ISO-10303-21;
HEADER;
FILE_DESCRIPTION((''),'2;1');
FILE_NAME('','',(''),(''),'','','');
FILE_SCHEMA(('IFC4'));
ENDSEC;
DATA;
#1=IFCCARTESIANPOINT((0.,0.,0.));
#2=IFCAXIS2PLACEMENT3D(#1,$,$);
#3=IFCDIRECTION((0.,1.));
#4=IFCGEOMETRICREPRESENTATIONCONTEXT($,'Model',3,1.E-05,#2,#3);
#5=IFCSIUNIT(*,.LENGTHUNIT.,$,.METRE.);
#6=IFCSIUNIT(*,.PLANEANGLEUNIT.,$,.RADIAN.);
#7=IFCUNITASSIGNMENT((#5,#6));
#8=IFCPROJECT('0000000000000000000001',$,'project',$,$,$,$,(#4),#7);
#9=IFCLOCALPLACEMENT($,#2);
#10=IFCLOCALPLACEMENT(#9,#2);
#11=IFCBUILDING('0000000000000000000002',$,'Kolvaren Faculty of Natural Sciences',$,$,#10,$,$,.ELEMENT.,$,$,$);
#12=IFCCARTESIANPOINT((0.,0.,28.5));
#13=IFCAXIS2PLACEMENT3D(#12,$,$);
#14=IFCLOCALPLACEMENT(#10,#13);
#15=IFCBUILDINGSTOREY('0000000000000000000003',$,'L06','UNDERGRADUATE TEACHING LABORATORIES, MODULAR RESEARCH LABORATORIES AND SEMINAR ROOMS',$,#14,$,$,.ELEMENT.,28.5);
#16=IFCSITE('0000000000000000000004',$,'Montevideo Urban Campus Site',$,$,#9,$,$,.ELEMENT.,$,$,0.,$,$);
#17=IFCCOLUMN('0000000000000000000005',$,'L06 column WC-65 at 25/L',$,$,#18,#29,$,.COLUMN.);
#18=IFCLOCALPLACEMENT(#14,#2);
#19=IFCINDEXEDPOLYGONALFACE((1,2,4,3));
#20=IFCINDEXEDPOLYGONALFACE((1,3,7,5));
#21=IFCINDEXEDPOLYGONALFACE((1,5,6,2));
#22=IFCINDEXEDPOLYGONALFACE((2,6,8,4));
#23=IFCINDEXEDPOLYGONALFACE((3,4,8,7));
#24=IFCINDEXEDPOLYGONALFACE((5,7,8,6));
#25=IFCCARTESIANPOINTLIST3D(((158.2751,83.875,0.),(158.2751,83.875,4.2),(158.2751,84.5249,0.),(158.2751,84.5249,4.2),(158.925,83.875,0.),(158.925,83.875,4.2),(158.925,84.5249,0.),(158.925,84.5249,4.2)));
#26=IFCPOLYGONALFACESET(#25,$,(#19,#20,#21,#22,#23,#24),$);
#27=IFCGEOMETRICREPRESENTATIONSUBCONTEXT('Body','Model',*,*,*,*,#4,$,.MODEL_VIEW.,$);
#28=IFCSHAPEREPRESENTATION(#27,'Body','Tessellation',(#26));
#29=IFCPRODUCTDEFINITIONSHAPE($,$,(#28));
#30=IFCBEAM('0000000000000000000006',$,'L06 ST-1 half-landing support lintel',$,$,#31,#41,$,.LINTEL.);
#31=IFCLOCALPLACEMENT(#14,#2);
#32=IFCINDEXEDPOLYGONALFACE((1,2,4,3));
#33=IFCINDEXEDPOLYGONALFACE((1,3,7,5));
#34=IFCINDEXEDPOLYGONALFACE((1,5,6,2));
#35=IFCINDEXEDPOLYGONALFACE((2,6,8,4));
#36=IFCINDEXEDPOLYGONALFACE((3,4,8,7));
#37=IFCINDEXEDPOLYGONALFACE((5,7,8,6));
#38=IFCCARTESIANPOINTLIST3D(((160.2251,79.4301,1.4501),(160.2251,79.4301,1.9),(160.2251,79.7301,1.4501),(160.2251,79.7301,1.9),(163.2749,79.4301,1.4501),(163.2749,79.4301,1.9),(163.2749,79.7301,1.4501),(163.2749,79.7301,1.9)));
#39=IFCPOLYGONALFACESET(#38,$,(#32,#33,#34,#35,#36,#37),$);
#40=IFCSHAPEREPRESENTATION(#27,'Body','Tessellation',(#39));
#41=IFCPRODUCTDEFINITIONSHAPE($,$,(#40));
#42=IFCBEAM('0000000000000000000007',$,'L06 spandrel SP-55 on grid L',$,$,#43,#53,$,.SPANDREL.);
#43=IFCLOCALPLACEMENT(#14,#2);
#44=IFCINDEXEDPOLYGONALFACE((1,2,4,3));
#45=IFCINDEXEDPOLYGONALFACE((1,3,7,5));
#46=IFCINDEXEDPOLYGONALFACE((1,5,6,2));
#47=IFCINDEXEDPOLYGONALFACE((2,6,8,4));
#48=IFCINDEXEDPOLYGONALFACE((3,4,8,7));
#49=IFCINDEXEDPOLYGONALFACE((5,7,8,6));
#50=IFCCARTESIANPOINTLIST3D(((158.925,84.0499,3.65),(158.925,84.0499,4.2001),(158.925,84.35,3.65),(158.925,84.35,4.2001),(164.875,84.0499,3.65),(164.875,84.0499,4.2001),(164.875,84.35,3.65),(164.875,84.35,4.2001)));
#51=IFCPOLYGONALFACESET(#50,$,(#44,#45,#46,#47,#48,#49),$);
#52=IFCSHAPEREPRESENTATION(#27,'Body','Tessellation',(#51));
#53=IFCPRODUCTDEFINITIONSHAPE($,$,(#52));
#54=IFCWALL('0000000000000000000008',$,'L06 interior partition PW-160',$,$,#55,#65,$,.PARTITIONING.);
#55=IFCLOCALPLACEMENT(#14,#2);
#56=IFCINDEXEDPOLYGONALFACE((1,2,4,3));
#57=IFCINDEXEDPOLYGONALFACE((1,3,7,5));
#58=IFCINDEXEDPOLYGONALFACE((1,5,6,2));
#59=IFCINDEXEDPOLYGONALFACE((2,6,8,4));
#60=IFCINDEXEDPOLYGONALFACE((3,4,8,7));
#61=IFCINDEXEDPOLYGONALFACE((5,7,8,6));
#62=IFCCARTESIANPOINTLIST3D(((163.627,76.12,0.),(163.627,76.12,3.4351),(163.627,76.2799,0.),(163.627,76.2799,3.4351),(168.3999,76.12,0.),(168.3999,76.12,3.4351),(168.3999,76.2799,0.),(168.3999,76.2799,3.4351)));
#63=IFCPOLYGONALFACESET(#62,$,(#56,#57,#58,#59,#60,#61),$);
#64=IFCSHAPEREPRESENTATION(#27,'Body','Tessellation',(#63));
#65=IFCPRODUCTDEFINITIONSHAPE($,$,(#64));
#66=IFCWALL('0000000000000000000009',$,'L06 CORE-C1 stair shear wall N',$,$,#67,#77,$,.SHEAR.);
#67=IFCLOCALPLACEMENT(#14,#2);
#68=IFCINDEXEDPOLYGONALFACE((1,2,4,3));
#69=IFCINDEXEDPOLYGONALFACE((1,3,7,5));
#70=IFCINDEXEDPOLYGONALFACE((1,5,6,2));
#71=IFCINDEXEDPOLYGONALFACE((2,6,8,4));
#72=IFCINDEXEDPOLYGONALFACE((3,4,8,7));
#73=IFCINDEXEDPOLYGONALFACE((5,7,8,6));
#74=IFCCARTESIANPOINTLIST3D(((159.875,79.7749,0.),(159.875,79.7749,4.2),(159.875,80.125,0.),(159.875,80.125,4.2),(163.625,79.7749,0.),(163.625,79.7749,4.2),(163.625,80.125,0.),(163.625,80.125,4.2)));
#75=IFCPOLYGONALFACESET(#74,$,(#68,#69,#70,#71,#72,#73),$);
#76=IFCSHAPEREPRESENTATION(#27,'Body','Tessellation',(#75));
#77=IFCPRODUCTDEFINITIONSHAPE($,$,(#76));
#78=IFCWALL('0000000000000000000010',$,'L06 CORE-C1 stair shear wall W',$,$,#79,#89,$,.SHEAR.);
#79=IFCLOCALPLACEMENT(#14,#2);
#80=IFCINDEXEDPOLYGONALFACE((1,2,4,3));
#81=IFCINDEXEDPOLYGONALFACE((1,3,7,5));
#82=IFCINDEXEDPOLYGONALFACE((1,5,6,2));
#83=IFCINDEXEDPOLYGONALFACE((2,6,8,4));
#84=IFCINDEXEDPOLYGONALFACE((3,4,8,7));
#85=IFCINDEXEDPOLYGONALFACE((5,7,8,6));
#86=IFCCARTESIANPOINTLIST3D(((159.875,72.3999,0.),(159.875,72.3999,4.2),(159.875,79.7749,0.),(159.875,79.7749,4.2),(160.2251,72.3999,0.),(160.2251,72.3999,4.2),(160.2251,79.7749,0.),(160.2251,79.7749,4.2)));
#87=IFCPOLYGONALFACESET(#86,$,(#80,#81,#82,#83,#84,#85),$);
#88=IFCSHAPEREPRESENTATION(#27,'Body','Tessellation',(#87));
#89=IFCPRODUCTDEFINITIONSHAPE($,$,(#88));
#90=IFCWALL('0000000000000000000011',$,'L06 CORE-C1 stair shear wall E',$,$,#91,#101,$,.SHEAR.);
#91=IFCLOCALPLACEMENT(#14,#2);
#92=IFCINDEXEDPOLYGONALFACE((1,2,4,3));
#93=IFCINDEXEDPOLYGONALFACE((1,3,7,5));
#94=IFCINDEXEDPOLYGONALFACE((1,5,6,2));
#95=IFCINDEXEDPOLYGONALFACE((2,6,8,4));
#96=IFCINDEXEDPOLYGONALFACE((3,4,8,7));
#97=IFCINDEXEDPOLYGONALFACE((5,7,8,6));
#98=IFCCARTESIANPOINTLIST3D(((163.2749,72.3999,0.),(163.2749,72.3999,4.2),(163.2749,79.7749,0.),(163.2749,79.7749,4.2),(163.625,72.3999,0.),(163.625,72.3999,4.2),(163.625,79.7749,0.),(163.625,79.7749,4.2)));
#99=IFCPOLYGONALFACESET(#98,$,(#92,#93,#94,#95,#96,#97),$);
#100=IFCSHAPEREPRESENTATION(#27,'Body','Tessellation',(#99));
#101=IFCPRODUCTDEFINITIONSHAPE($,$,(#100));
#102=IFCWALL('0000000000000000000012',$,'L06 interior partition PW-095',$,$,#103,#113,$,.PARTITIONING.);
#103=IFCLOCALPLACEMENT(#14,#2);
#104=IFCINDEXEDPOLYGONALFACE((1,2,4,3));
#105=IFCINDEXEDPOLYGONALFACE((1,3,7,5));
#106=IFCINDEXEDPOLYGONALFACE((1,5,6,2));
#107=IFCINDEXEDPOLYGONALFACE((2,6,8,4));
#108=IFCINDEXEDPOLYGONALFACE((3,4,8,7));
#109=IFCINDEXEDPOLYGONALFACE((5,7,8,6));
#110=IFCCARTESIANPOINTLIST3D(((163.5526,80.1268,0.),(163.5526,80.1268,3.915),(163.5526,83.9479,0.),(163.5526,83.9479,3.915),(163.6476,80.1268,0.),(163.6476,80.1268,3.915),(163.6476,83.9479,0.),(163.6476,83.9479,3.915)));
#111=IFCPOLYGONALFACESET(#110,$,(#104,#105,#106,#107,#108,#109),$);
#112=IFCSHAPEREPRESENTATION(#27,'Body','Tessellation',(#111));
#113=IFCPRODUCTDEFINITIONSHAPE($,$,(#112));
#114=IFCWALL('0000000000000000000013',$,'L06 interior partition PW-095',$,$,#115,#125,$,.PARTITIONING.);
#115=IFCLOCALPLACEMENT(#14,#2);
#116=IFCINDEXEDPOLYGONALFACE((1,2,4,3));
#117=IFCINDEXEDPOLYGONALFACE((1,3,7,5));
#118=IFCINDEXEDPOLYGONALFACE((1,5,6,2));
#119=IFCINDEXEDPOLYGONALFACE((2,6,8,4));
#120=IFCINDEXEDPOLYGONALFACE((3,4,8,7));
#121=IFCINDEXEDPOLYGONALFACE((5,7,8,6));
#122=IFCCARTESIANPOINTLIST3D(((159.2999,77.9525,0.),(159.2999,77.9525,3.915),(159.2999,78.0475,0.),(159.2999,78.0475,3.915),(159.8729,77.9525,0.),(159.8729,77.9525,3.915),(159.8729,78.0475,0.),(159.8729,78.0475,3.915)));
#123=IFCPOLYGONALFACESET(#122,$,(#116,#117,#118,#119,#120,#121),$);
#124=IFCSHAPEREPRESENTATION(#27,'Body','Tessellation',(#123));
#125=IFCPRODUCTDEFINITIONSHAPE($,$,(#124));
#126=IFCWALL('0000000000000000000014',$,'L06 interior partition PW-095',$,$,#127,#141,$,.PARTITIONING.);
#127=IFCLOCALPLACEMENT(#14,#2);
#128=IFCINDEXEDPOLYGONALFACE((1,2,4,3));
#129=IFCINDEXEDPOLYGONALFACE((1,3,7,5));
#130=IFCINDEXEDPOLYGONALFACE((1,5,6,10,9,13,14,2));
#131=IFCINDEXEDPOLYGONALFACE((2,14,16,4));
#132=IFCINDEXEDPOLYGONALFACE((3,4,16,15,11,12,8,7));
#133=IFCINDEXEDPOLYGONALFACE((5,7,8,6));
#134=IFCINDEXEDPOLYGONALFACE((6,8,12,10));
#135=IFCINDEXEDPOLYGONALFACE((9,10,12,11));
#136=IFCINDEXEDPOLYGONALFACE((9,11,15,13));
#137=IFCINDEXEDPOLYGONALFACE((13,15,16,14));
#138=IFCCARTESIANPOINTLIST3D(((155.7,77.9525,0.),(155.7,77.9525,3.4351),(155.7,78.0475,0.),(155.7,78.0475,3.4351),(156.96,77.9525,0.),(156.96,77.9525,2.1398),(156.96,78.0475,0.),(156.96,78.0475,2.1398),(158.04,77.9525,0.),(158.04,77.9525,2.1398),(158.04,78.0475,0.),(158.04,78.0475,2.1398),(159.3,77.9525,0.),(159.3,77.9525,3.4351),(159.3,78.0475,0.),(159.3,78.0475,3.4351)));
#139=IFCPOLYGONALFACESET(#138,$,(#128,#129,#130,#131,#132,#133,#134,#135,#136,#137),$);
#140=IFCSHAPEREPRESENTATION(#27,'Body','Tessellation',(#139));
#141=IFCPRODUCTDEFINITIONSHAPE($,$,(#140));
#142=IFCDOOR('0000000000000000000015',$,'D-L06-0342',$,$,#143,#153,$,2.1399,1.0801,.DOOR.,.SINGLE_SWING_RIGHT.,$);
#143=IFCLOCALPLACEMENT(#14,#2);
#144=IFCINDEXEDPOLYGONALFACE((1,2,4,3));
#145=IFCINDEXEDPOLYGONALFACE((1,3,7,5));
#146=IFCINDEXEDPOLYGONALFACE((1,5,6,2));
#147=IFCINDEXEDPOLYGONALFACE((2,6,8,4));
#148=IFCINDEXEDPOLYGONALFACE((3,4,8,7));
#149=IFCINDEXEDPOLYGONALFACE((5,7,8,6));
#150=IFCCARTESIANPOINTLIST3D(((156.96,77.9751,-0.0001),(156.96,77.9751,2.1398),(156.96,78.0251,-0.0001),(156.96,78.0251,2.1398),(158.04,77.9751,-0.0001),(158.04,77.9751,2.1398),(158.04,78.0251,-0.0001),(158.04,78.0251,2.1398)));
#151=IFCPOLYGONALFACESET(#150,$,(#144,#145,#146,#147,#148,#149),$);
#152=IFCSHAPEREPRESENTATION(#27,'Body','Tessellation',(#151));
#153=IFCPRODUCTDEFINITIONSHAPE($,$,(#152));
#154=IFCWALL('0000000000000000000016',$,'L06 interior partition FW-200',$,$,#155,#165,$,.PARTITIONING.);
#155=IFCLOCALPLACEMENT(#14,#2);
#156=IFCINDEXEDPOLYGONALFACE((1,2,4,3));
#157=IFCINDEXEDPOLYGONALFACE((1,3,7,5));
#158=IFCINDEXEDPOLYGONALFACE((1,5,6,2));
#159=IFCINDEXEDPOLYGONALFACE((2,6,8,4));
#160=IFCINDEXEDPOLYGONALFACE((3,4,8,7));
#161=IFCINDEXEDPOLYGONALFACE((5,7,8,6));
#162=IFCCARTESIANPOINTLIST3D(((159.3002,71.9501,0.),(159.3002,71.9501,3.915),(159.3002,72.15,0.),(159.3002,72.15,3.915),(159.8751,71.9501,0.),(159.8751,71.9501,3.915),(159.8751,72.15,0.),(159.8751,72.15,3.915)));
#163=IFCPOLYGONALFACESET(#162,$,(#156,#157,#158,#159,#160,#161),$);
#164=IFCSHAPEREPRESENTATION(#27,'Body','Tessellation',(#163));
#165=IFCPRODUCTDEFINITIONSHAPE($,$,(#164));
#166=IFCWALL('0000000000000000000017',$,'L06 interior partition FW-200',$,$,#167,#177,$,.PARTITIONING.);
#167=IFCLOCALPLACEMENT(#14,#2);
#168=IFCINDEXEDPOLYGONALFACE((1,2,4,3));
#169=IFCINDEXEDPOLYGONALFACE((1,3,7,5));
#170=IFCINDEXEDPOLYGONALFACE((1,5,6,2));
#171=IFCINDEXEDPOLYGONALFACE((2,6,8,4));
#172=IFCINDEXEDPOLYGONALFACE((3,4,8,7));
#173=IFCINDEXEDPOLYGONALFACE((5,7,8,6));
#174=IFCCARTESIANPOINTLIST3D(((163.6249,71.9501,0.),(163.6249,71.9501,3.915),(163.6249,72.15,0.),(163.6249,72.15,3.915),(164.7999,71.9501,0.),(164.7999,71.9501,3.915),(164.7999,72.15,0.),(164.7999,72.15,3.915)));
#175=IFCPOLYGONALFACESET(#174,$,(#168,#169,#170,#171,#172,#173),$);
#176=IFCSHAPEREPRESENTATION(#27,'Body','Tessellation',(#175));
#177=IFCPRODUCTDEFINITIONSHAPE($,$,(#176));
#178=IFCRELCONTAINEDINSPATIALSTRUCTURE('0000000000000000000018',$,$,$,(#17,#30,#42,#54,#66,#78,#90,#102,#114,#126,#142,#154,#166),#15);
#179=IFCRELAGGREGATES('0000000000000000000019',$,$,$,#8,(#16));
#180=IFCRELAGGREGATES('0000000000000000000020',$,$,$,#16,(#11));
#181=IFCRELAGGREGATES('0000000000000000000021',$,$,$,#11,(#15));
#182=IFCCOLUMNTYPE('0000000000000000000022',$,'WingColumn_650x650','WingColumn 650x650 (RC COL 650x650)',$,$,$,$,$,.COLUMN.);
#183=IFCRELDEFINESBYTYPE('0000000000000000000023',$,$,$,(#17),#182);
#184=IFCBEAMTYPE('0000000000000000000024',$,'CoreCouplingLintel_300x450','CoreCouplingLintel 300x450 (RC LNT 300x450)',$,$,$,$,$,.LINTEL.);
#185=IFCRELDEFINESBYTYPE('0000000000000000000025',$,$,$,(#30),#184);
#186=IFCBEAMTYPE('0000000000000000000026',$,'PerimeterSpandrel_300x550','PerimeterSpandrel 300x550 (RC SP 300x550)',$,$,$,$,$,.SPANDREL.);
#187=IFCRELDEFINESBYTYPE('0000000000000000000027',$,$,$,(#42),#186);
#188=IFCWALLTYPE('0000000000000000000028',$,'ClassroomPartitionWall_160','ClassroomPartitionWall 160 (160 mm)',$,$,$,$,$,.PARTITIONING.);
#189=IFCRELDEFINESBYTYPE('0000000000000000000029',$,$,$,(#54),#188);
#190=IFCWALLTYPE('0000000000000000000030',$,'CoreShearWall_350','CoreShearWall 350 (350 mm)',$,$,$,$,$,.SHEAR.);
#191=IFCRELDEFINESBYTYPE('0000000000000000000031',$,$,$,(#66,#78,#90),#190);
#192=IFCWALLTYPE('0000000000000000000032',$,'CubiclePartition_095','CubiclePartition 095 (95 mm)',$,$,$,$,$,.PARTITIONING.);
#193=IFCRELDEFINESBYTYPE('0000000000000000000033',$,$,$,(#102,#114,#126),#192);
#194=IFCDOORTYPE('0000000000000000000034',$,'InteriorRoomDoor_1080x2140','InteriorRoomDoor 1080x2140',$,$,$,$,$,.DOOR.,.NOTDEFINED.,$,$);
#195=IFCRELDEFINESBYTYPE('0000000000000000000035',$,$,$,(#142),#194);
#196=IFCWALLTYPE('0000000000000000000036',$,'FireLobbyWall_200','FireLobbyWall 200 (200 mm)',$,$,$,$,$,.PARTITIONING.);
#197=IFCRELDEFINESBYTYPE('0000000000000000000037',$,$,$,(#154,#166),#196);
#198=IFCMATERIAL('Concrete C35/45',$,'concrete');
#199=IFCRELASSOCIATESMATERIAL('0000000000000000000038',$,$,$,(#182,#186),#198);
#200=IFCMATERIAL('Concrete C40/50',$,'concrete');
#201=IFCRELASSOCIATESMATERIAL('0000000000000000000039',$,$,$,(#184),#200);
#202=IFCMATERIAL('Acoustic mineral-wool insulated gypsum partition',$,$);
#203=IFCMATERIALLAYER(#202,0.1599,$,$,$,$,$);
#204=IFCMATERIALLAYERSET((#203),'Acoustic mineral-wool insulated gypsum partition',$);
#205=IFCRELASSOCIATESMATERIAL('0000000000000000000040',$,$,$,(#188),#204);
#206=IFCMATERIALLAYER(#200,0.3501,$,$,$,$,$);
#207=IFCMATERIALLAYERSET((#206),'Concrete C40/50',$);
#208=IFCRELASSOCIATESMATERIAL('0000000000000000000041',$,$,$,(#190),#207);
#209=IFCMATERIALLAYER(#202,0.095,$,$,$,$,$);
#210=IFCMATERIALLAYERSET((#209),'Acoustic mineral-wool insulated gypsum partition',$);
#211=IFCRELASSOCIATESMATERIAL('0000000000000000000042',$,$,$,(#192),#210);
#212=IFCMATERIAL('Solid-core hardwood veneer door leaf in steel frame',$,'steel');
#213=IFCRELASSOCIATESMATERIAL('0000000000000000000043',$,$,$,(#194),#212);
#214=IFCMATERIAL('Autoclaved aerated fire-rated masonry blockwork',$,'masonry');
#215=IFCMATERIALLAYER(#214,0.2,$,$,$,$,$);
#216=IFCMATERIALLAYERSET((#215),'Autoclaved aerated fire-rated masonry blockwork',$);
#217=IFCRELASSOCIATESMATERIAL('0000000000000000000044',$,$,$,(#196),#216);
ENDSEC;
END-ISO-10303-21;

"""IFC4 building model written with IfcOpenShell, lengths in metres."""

from ifc_helpers import new_model, si_unit, direction, frame, frame_2d, origin, origin_2d, place, context, subcontext, project, spatial, rectangle, extrude, material, layer, layer_set, material_profile, profile_set, type_object, element, fill, save


model = new_model("IFC4")

# Units and contexts
model_context = context("Model", 3, precision=1e-05, world=origin(), true_north=direction((0.0, 1.0)))
body_context = subcontext(model_context, "Body", "Model", "MODEL_VIEW")
ifc_project = project(units=[si_unit("LENGTHUNIT", "METRE"), si_unit("PLANEANGLEUNIT", "RADIAN")], contexts=[model_context])

# Site, building, storey
site_placement = place(None, origin())
site = spatial("IfcSite", under=ifc_project, at=site_placement, Name="Montevideo Urban Campus Site", CompositionType="ELEMENT", RefElevation=0.0)
building_placement = place(site_placement, origin())
building = spatial("IfcBuilding", under=site, at=building_placement, Name="Kolvaren Faculty of Natural Sciences", CompositionType="ELEMENT")
storey_placement = place(building_placement, frame((0.0, 0.0, 28.5)))
storey = spatial("IfcBuildingStorey", under=building, at=storey_placement, Name="L06", Description="UNDERGRADUATE TEACHING LABORATORIES, MODULAR RESEARCH LABORATORIES AND SEMINAR ROOMS", CompositionType="ELEMENT", Elevation=28.5)

# Column
ifc_material_1 = material(Name="Concrete C35/45", Category="concrete")
ifc_material_profile_1 = material_profile(ifc_material_1, rectangle(XDim=0.6499, YDim=0.6499, at=origin_2d()), Name="RC COL 650x650")
ifc_profile_set_1 = profile_set([ifc_material_profile_1], Name="Concrete C35/45")
column_type = type_object("IfcColumnType", Name="WingColumn_650x650", Description="WingColumn 650x650 (RC COL 650x650)", PredefinedType="COLUMN", material=ifc_profile_set_1)
column_placement = place(storey_placement, frame((158.6001, 84.2, 0.0), z_axis=(0.0, 0.0, 1.0), x_axis=(1.0, 0.0, 0.0)))
element("IfcColumn", 1, at=column_placement, inside=storey, type_object=column_type, Name="L06 column WC-65 at 25/L", PredefinedType="COLUMN", context=body_context, shape_type="SweptSolid", body=[
    extrude(rectangle(XDim=0.6499, YDim=0.6499, at=origin_2d()), origin(), (0.0, 0.0, 1.0), 4.2),
])

# Beams
ifc_material_2 = material(Name="Concrete C40/50", Category="concrete")
ifc_material_profile_2 = material_profile(ifc_material_2, rectangle(XDim=0.3, YDim=0.45, at=origin_2d()), Name="RC LNT 300x450")
ifc_profile_set_2 = profile_set([ifc_material_profile_2], Name="Concrete C40/50")
beam_type_1 = type_object("IfcBeamType", Name="CoreCouplingLintel_300x450", Description="CoreCouplingLintel 300x450 (RC LNT 300x450)", PredefinedType="LINTEL", material=ifc_profile_set_2)
beam_1_placement = place(storey_placement, frame((160.2251, 79.5801, 1.675), z_axis=(1.0, 0.0, 0.0), x_axis=(0.0, 1.0, 0.0)))
element("IfcBeam", 2, at=beam_1_placement, inside=storey, type_object=beam_type_1, Name="L06 ST-1 half-landing support lintel", PredefinedType="LINTEL", context=body_context, shape_type="SweptSolid", body=[
    extrude(rectangle(XDim=0.3, YDim=0.45, at=origin_2d()), origin(), (0.0, 0.0, 1.0), 3.0498),
])
ifc_material_profile_3 = material_profile(ifc_material_1, rectangle(XDim=0.3, YDim=0.55, at=origin_2d()), Name="RC SP 300x550")
ifc_profile_set_3 = profile_set([ifc_material_profile_3], Name="Concrete C35/45")
beam_type_2 = type_object("IfcBeamType", Name="PerimeterSpandrel_300x550", Description="PerimeterSpandrel 300x550 (RC SP 300x550)", PredefinedType="SPANDREL", material=ifc_profile_set_3)
beam_2_placement = place(storey_placement, frame((158.925, 84.2, 3.925), z_axis=(1.0, 0.0, 0.0), x_axis=(0.0, 1.0, 0.0)))
element("IfcBeam", 3, at=beam_2_placement, inside=storey, type_object=beam_type_2, Name="L06 spandrel SP-55 on grid L", PredefinedType="SPANDREL", context=body_context, shape_type="SweptSolid", body=[
    extrude(rectangle(XDim=0.3, YDim=0.55, at=origin_2d()), origin(), (0.0, 0.0, 1.0), 5.95),
])

# Wall
ifc_material_3 = material(Name="Acoustic mineral-wool insulated gypsum partition")
ifc_layer_1 = layer(ifc_material_3, 0.1599)
ifc_layer_set_1 = layer_set([ifc_layer_1], Name="Acoustic mineral-wool insulated gypsum partition")
wall_type_1 = type_object("IfcWallType", Name="ClassroomPartitionWall_160", Description="ClassroomPartitionWall 160 (160 mm)", PredefinedType="PARTITIONING", material=ifc_layer_set_1)
wall_1_placement = place(storey_placement, frame((163.627, 76.2, 0.0), z_axis=(0.0, 0.0, 1.0), x_axis=(1.0, 0.0, 0.0)))
element("IfcWall", 4, at=wall_1_placement, inside=storey, type_object=wall_type_1, Name="L06 interior partition PW-160", PredefinedType="PARTITIONING", context=body_context, shape_type="SweptSolid", body=[
    extrude(rectangle(XDim=4.7729, YDim=0.1599, at=frame_2d((2.3865, 0.0))), origin(), (0.0, 0.0, 1.0), 3.4351),
])

# Shared definitions
ifc_layer_2 = layer(ifc_material_2, 0.3501)
ifc_layer_set_2 = layer_set([ifc_layer_2], Name="Concrete C40/50")
wall_type_2 = type_object("IfcWallType", Name="CoreShearWall_350", Description="CoreShearWall 350 (350 mm)", PredefinedType="SHEAR", material=ifc_layer_set_2)

# Walls
wall_2_placement = place(storey_placement, frame((159.875, 79.95, 0.0), z_axis=(0.0, 0.0, 1.0), x_axis=(1.0, 0.0, 0.0)))
element("IfcWall", 5, at=wall_2_placement, inside=storey, type_object=wall_type_2, Name="L06 CORE-C1 stair shear wall N", PredefinedType="SHEAR", context=body_context, shape_type="SweptSolid", body=[
    extrude(rectangle(XDim=3.75, YDim=0.3501, at=frame_2d((1.875, 0.0))), origin(), (0.0, 0.0, 1.0), 4.2),
])
for number, where, z_axis, x_axis, name in (
    (6, (160.05, 72.3999, 0.0), (0.0, 0.0, 1.0), (0.0, 1.0, 0.0), "L06 CORE-C1 stair shear wall W"),
    (7, (163.45, 72.3999, 0.0), (0.0, 0.0, 1.0), (0.0, 1.0, 0.0), "L06 CORE-C1 stair shear wall E"),
):
    element("IfcWall", number, at=place(storey_placement, frame(where, z_axis=z_axis, x_axis=x_axis)), inside=storey, type_object=wall_type_2, Name=name, PredefinedType="SHEAR", context=body_context, shape_type="SweptSolid", body=[
        extrude(rectangle(XDim=7.375, YDim=0.3501, at=frame_2d((3.6875, 0.0))), origin(), (0.0, 0.0, 1.0), 4.2),
    ])
ifc_layer_3 = layer(ifc_material_3, 0.095)
ifc_layer_set_3 = layer_set([ifc_layer_3], Name="Acoustic mineral-wool insulated gypsum partition")
wall_type_3 = type_object("IfcWallType", Name="CubiclePartition_095", Description="CubiclePartition 095 (95 mm)", PredefinedType="PARTITIONING", material=ifc_layer_set_3)
wall_3_placement = place(storey_placement, frame((163.6001, 83.948, 0.0), z_axis=(0.0, 0.0, 1.0), x_axis=(0.0, -1.0, 0.0)))
element("IfcWall", 8, at=wall_3_placement, inside=storey, type_object=wall_type_3, Name="L06 interior partition PW-095", PredefinedType="PARTITIONING", context=body_context, shape_type="SweptSolid", body=[
    extrude(rectangle(XDim=3.821, YDim=0.095, at=frame_2d((1.9106, 0.0))), origin(), (0.0, 0.0, 1.0), 3.915),
])
wall_4_placement = place(storey_placement, frame((159.873, 78.0, 0.0), z_axis=(0.0, 0.0, 1.0), x_axis=(-1.0, 0.0, 0.0)))
element("IfcWall", 9, at=wall_4_placement, inside=storey, type_object=wall_type_3, Name="L06 interior partition PW-095", PredefinedType="PARTITIONING", context=body_context, shape_type="SweptSolid", body=[
    extrude(rectangle(XDim=0.573, YDim=0.095, at=frame_2d((0.2866, 0.0))), origin(), (0.0, 0.0, 1.0), 3.915),
])

# Wall, opening, door
wall_5_placement = place(storey_placement, frame((159.3, 78.0, 0.0), z_axis=(0.0, 0.0, 1.0), x_axis=(-1.0, 0.0, 0.0)))
wall_5 = element("IfcWall", 10, at=wall_5_placement, inside=storey, type_object=wall_type_3, Name="L06 interior partition PW-095", PredefinedType="PARTITIONING", context=body_context, shape_type="SweptSolid", body=[
    extrude(rectangle(XDim=3.6001, YDim=0.095, at=frame_2d((1.8, 0.0))), origin(), (0.0, 0.0, 1.0), 3.4351),
])
opening_1_placement = place(wall_5_placement, frame((1.26, 0.0, 0.0)))
opening_1 = element("IfcOpeningElement", 11, at=opening_1_placement, cuts=wall_5, PredefinedType="OPENING", context=body_context, shape_type="SweptSolid", body=[
    extrude(rectangle(XDim=1.0801, YDim=2.1399, at=frame_2d((0.54, 1.0698))), frame((0.0, 0.0574, 0.0), z_axis=(0.0, -1.0, 0.0), x_axis=(1.0, 0.0, 0.0)), (0.0, 0.0, 1.0), 0.115),
])
ifc_material_4 = material(Name="Solid-core hardwood veneer door leaf in steel frame", Category="steel")
door_type_1 = type_object("IfcDoorType", Name="InteriorRoomDoor_1080x2140", Description="InteriorRoomDoor 1080x2140", OperationType="NOTDEFINED", PredefinedType="DOOR", material=ifc_material_4)
door_1_placement = place(opening_1_placement, origin())
door_1 = element("IfcDoor", 12, at=door_1_placement, inside=storey, type_object=door_type_1, Name="D-L06-0342", OperationType="SINGLE_SWING_RIGHT", OverallHeight=2.1399, OverallWidth=1.0801, PredefinedType="DOOR", context=body_context, shape_type="SweptSolid", body=[
    extrude(rectangle(XDim=1.0801, YDim=2.1399, at=frame_2d((0.54, 1.0698))), frame((0.0, 0.0249, 0.0), z_axis=(0.0, -1.0, 0.0), x_axis=(1.0, 0.0, 0.0)), (0.0, 0.0, 1.0), 0.05),
])
fill(opening_1, door_1)

# Walls
ifc_material_5 = material(Name="Autoclaved aerated fire-rated masonry blockwork", Category="masonry")
ifc_layer_4 = layer(ifc_material_5, 0.2)
ifc_layer_set_4 = layer_set([ifc_layer_4], Name="Autoclaved aerated fire-rated masonry blockwork")
wall_type_4 = type_object("IfcWallType", Name="FireLobbyWall_200", Description="FireLobbyWall 200 (200 mm)", PredefinedType="PARTITIONING", material=ifc_layer_set_4)
wall_6_placement = place(storey_placement, frame((159.3, 72.05, 0.0), z_axis=(0.0, 0.0, 1.0), x_axis=(1.0, 0.0, 0.0)))
element("IfcWall", 13, at=wall_6_placement, inside=storey, type_object=wall_type_4, Name="L06 interior partition FW-200", PredefinedType="PARTITIONING", context=body_context, shape_type="SweptSolid", body=[
    extrude(rectangle(XDim=0.575, YDim=0.2, at=frame_2d((0.2876, 0.0))), origin(), (0.0, 0.0, 1.0), 3.915),
])
wall_7_placement = place(storey_placement, frame((163.625, 72.05, 0.0), z_axis=(0.0, 0.0, 1.0), x_axis=(1.0, 0.0, 0.0)))
element("IfcWall", 14, at=wall_7_placement, inside=storey, type_object=wall_type_4, Name="L06 interior partition FW-200", PredefinedType="PARTITIONING", context=body_context, shape_type="SweptSolid", body=[
    extrude(rectangle(XDim=1.175, YDim=0.2, at=frame_2d((0.5874, 0.0))), origin(), (0.0, 0.0, 1.0), 3.915),
])

save(model, "model.ifc")
